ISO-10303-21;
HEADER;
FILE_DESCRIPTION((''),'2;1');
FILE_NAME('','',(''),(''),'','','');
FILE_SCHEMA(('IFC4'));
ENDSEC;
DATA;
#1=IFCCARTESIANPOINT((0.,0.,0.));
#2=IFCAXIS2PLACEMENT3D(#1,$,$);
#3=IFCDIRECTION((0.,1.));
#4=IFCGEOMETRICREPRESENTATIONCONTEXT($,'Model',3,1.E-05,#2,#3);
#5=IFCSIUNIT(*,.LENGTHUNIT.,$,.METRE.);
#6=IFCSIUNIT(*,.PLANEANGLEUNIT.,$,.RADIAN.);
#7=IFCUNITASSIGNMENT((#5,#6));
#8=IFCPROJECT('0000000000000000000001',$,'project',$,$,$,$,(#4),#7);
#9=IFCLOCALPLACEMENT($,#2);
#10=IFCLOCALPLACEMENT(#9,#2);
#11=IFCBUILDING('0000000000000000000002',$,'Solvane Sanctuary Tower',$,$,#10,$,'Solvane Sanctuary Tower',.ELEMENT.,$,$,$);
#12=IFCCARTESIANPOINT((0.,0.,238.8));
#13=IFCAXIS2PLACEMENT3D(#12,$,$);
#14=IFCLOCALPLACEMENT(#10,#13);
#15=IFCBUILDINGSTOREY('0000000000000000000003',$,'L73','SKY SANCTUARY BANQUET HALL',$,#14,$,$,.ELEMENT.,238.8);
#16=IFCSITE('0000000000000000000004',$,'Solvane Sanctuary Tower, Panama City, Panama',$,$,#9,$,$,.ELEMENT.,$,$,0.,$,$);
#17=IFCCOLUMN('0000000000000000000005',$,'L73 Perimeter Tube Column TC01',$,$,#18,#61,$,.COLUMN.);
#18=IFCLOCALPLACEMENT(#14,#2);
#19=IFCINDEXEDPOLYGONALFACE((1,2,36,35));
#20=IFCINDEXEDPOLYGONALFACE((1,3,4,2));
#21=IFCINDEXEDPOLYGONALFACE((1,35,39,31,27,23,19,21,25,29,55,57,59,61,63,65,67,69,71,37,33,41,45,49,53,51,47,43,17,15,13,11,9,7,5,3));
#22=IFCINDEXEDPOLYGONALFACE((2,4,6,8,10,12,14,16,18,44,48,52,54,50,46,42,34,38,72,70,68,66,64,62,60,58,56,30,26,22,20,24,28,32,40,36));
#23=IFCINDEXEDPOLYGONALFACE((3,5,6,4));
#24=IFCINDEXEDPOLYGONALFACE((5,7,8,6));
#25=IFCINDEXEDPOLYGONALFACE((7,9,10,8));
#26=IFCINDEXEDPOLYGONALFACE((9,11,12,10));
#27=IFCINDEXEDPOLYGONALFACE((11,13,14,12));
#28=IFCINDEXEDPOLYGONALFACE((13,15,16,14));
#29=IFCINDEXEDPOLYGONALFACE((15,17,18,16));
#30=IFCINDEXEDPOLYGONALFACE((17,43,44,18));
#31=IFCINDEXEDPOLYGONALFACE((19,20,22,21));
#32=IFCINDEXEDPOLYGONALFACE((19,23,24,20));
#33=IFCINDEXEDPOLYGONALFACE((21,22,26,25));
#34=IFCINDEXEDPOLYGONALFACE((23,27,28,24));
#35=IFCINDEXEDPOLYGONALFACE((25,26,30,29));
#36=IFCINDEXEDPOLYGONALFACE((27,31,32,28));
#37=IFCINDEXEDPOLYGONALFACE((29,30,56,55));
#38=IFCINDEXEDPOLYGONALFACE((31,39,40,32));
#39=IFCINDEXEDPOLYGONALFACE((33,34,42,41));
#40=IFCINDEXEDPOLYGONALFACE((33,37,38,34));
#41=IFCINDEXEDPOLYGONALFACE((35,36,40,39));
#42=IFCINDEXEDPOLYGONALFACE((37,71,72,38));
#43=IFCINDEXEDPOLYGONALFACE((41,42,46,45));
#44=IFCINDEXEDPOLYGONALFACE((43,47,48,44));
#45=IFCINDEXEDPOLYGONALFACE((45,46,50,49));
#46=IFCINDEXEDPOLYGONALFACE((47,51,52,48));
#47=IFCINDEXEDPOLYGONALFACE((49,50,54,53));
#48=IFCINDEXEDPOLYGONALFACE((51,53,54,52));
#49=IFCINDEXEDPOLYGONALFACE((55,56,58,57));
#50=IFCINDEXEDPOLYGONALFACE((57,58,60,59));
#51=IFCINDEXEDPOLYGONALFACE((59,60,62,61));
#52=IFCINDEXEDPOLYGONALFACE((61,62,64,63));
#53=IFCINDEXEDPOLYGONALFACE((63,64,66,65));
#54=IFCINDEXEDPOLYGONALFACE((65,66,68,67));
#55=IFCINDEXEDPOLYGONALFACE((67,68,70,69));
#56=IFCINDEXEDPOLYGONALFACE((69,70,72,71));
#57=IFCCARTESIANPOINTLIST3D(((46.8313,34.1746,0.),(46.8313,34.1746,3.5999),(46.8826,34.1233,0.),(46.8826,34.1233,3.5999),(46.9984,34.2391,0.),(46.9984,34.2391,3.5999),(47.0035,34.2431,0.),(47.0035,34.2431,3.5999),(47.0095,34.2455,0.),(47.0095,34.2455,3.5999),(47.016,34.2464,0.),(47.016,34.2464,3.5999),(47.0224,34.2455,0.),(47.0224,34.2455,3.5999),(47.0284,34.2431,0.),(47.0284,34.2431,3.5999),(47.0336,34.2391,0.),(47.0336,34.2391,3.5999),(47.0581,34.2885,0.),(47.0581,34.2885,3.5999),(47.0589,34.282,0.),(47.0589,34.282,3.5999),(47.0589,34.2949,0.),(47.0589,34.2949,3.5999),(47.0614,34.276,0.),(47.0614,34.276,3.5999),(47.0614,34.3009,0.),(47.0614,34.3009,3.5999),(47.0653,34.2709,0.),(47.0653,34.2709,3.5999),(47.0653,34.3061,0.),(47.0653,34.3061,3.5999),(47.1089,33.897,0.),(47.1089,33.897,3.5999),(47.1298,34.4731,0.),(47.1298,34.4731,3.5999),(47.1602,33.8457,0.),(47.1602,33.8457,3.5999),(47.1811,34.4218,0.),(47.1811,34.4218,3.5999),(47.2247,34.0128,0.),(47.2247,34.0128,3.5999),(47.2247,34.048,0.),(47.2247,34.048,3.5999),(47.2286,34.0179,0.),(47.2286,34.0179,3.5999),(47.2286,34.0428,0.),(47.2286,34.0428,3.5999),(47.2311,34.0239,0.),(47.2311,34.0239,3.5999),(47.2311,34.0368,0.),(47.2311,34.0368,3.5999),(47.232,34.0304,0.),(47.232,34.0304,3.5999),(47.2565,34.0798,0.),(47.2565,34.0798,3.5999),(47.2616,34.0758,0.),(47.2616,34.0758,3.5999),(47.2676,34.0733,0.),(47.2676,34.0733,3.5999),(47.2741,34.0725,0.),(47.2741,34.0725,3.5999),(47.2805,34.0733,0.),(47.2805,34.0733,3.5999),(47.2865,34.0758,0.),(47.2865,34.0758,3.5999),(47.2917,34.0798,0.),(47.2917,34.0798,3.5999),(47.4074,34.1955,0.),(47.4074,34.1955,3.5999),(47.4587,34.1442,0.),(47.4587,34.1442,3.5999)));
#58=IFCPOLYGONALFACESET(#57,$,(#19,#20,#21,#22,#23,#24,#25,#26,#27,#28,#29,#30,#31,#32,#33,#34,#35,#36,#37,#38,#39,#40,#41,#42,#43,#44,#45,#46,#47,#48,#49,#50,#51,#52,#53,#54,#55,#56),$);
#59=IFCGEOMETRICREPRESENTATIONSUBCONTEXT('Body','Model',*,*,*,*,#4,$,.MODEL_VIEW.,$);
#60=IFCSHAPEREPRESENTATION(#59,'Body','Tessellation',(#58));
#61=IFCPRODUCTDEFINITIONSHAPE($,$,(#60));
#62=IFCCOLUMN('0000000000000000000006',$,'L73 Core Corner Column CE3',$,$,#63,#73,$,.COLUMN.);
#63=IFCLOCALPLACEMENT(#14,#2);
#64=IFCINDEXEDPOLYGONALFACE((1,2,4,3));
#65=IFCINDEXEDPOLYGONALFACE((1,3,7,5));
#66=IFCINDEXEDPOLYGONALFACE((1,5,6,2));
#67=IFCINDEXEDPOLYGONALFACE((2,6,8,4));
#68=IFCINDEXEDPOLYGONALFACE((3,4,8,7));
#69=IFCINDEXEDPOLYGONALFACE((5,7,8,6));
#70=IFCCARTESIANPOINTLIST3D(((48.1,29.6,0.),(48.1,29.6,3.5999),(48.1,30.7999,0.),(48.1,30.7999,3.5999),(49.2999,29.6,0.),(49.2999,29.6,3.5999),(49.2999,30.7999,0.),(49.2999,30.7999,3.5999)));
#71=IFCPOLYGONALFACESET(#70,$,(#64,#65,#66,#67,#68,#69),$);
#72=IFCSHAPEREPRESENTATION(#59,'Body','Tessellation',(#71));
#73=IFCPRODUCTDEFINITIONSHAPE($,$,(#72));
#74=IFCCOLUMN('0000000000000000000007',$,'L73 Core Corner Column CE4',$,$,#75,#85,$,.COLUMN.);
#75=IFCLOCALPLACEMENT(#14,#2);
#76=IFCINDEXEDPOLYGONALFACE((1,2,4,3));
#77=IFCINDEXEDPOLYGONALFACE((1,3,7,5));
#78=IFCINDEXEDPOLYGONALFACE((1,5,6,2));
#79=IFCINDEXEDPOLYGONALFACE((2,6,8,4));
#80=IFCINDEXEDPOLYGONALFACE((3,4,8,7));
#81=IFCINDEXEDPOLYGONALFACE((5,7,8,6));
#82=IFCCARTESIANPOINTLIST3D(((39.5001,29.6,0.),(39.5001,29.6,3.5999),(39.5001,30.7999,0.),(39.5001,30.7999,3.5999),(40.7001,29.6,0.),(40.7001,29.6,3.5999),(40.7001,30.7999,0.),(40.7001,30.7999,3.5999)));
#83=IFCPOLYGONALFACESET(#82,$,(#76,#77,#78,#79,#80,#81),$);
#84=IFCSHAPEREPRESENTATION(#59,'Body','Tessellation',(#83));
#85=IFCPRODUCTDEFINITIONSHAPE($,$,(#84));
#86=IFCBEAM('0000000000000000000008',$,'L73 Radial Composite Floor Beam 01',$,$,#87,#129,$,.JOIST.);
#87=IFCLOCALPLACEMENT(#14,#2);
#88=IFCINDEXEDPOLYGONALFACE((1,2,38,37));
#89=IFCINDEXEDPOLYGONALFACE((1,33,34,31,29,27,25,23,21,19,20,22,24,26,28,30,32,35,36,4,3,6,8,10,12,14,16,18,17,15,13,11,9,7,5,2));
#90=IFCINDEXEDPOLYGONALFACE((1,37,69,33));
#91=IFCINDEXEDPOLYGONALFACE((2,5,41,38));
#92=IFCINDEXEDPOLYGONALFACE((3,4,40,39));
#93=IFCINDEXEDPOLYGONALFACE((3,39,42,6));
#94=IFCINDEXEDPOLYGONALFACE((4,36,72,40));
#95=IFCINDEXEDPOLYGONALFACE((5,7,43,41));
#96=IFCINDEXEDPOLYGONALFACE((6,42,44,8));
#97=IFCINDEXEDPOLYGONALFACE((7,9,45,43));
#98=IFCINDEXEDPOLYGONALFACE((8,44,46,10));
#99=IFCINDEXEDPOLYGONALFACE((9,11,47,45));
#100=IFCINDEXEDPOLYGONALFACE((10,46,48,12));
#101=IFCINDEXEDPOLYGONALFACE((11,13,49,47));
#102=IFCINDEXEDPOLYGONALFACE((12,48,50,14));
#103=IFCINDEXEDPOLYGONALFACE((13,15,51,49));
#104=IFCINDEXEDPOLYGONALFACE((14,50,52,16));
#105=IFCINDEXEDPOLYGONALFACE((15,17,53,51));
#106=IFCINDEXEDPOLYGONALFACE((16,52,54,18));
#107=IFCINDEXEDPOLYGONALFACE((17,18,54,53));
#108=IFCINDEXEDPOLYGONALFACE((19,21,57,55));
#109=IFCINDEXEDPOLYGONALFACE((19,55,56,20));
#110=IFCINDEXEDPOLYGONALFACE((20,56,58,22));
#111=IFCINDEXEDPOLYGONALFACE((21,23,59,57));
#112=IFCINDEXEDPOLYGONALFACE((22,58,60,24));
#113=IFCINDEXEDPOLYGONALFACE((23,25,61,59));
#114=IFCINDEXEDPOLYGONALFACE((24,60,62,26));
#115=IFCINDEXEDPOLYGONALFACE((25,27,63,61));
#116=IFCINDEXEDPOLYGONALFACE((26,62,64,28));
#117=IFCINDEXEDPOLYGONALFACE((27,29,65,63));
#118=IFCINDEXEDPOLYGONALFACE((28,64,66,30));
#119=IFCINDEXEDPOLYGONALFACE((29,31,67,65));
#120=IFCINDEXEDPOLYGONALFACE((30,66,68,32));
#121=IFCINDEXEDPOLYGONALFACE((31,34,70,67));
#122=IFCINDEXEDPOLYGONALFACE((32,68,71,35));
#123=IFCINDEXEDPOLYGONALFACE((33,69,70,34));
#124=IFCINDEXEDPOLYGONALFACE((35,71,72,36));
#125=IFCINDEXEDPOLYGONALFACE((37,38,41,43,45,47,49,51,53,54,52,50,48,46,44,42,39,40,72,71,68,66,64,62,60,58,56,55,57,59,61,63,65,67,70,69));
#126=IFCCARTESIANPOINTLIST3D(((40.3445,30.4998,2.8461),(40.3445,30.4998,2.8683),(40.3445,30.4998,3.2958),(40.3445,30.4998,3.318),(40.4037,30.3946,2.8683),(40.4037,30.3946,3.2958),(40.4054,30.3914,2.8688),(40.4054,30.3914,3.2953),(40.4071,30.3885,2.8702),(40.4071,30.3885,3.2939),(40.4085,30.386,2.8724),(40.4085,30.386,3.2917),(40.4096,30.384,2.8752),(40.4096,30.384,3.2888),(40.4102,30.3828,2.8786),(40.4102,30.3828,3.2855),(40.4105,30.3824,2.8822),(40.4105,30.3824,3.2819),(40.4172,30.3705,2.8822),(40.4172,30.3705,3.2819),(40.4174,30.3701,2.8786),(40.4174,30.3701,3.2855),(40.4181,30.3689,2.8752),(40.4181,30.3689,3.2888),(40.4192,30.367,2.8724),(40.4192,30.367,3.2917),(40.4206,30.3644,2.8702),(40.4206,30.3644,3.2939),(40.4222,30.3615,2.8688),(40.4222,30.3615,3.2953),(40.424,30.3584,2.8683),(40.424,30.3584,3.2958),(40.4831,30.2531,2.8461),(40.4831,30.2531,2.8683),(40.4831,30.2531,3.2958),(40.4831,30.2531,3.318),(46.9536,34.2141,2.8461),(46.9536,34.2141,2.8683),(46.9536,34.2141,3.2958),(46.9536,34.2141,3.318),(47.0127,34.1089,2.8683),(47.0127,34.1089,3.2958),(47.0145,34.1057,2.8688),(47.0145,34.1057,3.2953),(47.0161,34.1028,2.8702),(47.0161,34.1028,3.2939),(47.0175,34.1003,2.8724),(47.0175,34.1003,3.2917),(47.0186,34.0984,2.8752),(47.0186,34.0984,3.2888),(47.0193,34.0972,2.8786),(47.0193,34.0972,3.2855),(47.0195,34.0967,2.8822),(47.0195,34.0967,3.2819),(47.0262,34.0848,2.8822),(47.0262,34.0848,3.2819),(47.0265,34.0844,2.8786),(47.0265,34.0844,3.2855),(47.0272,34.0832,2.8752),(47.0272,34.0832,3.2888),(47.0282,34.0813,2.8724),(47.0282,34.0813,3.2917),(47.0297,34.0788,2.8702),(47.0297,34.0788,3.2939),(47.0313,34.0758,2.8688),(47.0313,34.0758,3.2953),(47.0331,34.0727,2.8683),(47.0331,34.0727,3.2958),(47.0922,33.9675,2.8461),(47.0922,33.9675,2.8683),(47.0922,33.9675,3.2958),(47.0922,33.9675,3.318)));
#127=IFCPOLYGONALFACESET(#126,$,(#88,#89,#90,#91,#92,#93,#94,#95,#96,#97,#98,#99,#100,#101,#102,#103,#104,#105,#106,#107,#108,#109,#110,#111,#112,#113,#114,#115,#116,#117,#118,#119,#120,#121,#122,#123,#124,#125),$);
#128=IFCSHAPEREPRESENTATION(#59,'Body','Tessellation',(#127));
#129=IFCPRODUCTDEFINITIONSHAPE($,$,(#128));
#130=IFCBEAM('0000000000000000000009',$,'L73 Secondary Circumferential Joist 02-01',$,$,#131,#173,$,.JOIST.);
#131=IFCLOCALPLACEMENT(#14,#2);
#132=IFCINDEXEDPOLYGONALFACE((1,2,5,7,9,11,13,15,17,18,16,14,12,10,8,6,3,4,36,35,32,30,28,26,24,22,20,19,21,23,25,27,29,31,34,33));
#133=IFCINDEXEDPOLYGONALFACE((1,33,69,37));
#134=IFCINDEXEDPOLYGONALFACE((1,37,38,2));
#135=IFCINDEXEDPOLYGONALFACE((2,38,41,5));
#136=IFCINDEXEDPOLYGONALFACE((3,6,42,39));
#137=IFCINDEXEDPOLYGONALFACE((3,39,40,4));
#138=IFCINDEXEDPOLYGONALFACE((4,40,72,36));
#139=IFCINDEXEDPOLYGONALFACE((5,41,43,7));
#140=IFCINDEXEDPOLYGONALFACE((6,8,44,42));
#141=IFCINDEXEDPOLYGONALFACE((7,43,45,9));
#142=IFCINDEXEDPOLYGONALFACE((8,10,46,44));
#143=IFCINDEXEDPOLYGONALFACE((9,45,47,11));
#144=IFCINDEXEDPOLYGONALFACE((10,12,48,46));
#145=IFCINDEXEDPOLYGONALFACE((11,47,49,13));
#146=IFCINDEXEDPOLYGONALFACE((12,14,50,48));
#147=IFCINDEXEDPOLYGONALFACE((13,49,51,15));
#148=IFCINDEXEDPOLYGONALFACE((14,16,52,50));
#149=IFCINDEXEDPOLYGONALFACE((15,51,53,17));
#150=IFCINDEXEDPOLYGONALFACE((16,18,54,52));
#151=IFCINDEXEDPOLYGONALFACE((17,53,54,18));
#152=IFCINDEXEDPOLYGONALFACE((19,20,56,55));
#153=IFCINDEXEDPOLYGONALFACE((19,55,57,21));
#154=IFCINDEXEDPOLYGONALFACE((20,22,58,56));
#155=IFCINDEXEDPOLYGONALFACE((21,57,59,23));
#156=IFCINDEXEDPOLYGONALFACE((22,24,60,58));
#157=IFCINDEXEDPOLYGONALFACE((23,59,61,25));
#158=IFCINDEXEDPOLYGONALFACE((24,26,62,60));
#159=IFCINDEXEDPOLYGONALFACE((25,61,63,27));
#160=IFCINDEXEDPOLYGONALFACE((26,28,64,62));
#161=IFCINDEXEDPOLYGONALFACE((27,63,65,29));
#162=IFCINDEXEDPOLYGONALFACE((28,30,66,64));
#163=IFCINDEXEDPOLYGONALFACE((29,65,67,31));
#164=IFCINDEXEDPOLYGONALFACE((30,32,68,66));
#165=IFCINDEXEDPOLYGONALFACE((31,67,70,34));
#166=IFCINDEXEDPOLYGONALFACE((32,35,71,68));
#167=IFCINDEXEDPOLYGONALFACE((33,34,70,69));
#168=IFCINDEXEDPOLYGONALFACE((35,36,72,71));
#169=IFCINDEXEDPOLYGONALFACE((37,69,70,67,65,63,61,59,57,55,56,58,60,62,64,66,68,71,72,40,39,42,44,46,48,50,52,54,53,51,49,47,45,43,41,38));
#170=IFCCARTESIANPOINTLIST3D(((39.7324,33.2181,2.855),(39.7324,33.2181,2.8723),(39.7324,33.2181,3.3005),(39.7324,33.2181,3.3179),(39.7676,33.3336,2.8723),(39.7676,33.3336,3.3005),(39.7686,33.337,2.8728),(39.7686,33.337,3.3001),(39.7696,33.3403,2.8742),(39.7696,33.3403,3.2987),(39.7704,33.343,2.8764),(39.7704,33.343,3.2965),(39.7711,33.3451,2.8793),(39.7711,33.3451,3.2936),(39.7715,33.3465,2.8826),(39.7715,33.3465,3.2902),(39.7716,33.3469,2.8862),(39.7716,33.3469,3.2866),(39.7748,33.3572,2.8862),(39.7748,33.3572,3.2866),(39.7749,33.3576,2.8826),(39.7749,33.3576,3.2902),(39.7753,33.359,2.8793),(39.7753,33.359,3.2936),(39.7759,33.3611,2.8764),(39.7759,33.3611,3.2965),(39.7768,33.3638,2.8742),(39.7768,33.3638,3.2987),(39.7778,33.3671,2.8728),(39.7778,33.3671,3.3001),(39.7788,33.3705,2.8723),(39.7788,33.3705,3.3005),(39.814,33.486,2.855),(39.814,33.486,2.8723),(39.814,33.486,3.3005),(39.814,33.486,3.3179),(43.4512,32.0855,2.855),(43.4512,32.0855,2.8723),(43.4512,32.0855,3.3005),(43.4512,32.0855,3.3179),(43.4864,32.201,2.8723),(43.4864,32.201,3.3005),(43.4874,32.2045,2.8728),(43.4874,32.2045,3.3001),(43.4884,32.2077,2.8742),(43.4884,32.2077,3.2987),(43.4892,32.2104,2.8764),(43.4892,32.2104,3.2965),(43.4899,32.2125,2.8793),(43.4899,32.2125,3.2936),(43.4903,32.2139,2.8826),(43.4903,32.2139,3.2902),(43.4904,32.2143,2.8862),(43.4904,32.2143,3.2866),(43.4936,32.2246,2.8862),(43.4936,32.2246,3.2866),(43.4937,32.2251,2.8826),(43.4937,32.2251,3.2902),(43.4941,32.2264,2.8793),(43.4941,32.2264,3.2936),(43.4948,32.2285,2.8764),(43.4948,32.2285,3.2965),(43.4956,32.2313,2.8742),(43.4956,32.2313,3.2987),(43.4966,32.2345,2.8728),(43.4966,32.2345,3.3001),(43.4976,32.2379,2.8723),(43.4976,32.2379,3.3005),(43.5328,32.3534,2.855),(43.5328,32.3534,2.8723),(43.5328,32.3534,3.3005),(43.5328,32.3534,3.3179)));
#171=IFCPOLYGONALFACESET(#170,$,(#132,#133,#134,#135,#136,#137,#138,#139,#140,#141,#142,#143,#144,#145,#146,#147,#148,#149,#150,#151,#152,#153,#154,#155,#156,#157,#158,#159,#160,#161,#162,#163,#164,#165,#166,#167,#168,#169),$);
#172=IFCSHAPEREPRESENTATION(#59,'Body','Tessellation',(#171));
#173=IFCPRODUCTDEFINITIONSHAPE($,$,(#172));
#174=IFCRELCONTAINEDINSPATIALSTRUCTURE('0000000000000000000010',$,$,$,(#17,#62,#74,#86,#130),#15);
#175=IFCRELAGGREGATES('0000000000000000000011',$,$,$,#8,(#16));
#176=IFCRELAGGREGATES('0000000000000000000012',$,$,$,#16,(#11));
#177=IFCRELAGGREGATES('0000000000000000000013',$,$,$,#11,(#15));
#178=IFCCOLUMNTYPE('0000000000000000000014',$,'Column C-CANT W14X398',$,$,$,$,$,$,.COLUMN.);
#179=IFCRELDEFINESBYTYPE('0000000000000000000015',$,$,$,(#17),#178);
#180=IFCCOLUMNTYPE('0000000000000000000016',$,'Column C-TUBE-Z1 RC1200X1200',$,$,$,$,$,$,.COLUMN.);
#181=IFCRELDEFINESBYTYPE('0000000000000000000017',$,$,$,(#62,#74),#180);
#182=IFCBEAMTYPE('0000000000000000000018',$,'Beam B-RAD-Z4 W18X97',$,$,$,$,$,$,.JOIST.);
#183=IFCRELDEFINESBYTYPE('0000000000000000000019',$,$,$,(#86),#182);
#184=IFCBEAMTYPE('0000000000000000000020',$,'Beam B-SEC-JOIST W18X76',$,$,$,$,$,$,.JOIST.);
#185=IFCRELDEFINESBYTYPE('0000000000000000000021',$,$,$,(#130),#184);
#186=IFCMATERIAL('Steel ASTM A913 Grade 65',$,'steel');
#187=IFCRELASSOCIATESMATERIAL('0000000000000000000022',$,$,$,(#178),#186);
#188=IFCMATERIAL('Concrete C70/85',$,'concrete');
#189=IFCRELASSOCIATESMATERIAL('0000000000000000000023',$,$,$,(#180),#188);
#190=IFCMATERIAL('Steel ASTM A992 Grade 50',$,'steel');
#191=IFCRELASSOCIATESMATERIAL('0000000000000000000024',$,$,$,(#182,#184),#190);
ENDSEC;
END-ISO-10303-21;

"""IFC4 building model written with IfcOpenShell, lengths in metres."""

from ifc_helpers import new_model, si_unit, direction, frame, origin, origin_2d, place, context, subcontext, project, spatial, rectangle, i_section, extrude, material, material_profile, profile_set, type_object, element, save


model = new_model("IFC4")

# Units and contexts
model_context = context("Model", 3, precision=1e-05, world=origin(), true_north=direction((0.0, 1.0)))
body_context = subcontext(model_context, "Body", "Model", "MODEL_VIEW")
ifc_project = project(units=[si_unit("LENGTHUNIT", "METRE"), si_unit("PLANEANGLEUNIT", "RADIAN")], contexts=[model_context])

# Site, building, storey
site_placement = place(None, origin())
site = spatial("IfcSite", under=ifc_project, at=site_placement, Name="Solvane Sanctuary Tower, Panama City, Panama", CompositionType="ELEMENT", RefElevation=0.0)
building_placement = place(site_placement, origin())
building = spatial("IfcBuilding", under=site, at=building_placement, Name="Solvane Sanctuary Tower", LongName="Solvane Sanctuary Tower", CompositionType="ELEMENT")
storey_placement = place(building_placement, frame((0.0, 0.0, 238.8)))
storey = spatial("IfcBuildingStorey", under=building, at=storey_placement, Name="L73", Description="SKY SANCTUARY BANQUET HALL", CompositionType="ELEMENT", Elevation=238.8)

# Columns
ifc_material_1 = material(Name="Steel ASTM A913 Grade 65", Category="steel")
ifc_material_profile_1 = material_profile(ifc_material_1, i_section(OverallWidth=0.4221, OverallDepth=0.4651, WebThickness=0.0449, FlangeThickness=0.0725, FilletRadius=0.0249, at=origin_2d()), Name="W14X398")
ifc_profile_set_1 = profile_set([ifc_material_profile_1], Name="Steel ASTM A913 Grade 65")
column_type_1 = type_object("IfcColumnType", Name="Column C-CANT W14X398", PredefinedType="COLUMN", material=ifc_profile_set_1)
column_placement = place(storey_placement, frame((47.145, 34.1594, 0.0), z_axis=(0.0, 0.0, 1.0), x_axis=(0.707107, 0.707107, 0.0)))
element("IfcColumn", 1, at=column_placement, inside=storey, type_object=column_type_1, Name="L73 Perimeter Tube Column TC01", PredefinedType="COLUMN", context=body_context, shape_type="SweptSolid", body=[
    extrude(i_section(OverallWidth=0.4221, OverallDepth=0.4651, WebThickness=0.0449, FlangeThickness=0.0725, FilletRadius=0.0249, at=origin_2d()), origin(), (0.0, 0.0, 1.0), 3.5999),
])
ifc_material_2 = material(Name="Concrete C70/85", Category="concrete")
ifc_material_profile_2 = material_profile(ifc_material_2, rectangle(XDim=1.2, YDim=1.2, at=origin_2d()), Name="RC1200X1200")
ifc_profile_set_2 = profile_set([ifc_material_profile_2], Name="Concrete C70/85")
column_type_2 = type_object("IfcColumnType", Name="Column C-TUBE-Z1 RC1200X1200", PredefinedType="COLUMN", material=ifc_profile_set_2)
for number, where, z_axis, x_axis, name in (
    (2, (48.7, 30.2, 0.0), (0.0, 0.0, 1.0), (1.0, 0.0, 0.0), "L73 Core Corner Column CE3"),
    (3, (40.1001, 30.2, 0.0), (0.0, 0.0, 1.0), (1.0, 0.0, 0.0), "L73 Core Corner Column CE4"),
):
    element("IfcColumn", number, at=place(storey_placement, frame(where, z_axis=z_axis, x_axis=x_axis)), inside=storey, type_object=column_type_2, Name=name, PredefinedType="COLUMN", context=body_context, shape_type="SweptSolid", body=[
        extrude(rectangle(XDim=1.2, YDim=1.2, at=origin_2d()), origin(), (0.0, 0.0, 1.0), 3.5999),
    ])

# Beams
ifc_material_3 = material(Name="Steel ASTM A992 Grade 50", Category="steel")
ifc_material_profile_3 = material_profile(ifc_material_3, i_section(OverallWidth=0.283, OverallDepth=0.4719, WebThickness=0.0137, FlangeThickness=0.0222, FilletRadius=0.0139, at=origin_2d()), Name="W18X97")
ifc_profile_set_3 = profile_set([ifc_material_profile_3], Name="Steel ASTM A992 Grade 50")
beam_type_1 = type_object("IfcBeamType", Name="Beam B-RAD-Z4 W18X97", PredefinedType="JOIST", material=ifc_profile_set_3)
beam_1_placement = place(storey_placement, frame((40.4138, 30.3765, 3.082), z_axis=(0.87176, 0.489932, 0.0), x_axis=(-0.489932, 0.87176, 0.0)))
element("IfcBeam", 4, at=beam_1_placement, inside=storey, type_object=beam_type_1, Name="L73 Radial Composite Floor Beam 01", PredefinedType="JOIST", context=body_context, shape_type="SweptSolid", body=[
    extrude(i_section(OverallWidth=0.283, OverallDepth=0.4719, WebThickness=0.0137, FlangeThickness=0.0222, FilletRadius=0.0139, at=origin_2d()), origin(), (0.0, 0.0, 1.0), 7.5813),
])
ifc_material_profile_4 = material_profile(ifc_material_3, i_section(OverallWidth=0.28, OverallDepth=0.4629, WebThickness=0.0107, FlangeThickness=0.0173, FilletRadius=0.0139, at=origin_2d()), Name="W18X76")
ifc_profile_set_4 = profile_set([ifc_material_profile_4], Name="Steel ASTM A992 Grade 50")
beam_type_2 = type_object("IfcBeamType", Name="Beam B-SEC-JOIST W18X76", PredefinedType="JOIST", material=ifc_profile_set_4)
beam_2_placement = place(storey_placement, frame((39.7732, 33.3521, 3.0864), z_axis=(0.956618, -0.291344, 0.0), x_axis=(0.291344, 0.956618, 0.0)))
element("IfcBeam", 5, at=beam_2_placement, inside=storey, type_object=beam_type_2, Name="L73 Secondary Circumferential Joist 02-01", PredefinedType="JOIST", context=body_context, shape_type="SweptSolid", body=[
    extrude(i_section(OverallWidth=0.28, OverallDepth=0.4629, WebThickness=0.0107, FlangeThickness=0.0173, FilletRadius=0.0139, at=origin_2d()), origin(), (0.0, 0.0, 1.0), 3.8875),
])

save(model, "model.ifc")
